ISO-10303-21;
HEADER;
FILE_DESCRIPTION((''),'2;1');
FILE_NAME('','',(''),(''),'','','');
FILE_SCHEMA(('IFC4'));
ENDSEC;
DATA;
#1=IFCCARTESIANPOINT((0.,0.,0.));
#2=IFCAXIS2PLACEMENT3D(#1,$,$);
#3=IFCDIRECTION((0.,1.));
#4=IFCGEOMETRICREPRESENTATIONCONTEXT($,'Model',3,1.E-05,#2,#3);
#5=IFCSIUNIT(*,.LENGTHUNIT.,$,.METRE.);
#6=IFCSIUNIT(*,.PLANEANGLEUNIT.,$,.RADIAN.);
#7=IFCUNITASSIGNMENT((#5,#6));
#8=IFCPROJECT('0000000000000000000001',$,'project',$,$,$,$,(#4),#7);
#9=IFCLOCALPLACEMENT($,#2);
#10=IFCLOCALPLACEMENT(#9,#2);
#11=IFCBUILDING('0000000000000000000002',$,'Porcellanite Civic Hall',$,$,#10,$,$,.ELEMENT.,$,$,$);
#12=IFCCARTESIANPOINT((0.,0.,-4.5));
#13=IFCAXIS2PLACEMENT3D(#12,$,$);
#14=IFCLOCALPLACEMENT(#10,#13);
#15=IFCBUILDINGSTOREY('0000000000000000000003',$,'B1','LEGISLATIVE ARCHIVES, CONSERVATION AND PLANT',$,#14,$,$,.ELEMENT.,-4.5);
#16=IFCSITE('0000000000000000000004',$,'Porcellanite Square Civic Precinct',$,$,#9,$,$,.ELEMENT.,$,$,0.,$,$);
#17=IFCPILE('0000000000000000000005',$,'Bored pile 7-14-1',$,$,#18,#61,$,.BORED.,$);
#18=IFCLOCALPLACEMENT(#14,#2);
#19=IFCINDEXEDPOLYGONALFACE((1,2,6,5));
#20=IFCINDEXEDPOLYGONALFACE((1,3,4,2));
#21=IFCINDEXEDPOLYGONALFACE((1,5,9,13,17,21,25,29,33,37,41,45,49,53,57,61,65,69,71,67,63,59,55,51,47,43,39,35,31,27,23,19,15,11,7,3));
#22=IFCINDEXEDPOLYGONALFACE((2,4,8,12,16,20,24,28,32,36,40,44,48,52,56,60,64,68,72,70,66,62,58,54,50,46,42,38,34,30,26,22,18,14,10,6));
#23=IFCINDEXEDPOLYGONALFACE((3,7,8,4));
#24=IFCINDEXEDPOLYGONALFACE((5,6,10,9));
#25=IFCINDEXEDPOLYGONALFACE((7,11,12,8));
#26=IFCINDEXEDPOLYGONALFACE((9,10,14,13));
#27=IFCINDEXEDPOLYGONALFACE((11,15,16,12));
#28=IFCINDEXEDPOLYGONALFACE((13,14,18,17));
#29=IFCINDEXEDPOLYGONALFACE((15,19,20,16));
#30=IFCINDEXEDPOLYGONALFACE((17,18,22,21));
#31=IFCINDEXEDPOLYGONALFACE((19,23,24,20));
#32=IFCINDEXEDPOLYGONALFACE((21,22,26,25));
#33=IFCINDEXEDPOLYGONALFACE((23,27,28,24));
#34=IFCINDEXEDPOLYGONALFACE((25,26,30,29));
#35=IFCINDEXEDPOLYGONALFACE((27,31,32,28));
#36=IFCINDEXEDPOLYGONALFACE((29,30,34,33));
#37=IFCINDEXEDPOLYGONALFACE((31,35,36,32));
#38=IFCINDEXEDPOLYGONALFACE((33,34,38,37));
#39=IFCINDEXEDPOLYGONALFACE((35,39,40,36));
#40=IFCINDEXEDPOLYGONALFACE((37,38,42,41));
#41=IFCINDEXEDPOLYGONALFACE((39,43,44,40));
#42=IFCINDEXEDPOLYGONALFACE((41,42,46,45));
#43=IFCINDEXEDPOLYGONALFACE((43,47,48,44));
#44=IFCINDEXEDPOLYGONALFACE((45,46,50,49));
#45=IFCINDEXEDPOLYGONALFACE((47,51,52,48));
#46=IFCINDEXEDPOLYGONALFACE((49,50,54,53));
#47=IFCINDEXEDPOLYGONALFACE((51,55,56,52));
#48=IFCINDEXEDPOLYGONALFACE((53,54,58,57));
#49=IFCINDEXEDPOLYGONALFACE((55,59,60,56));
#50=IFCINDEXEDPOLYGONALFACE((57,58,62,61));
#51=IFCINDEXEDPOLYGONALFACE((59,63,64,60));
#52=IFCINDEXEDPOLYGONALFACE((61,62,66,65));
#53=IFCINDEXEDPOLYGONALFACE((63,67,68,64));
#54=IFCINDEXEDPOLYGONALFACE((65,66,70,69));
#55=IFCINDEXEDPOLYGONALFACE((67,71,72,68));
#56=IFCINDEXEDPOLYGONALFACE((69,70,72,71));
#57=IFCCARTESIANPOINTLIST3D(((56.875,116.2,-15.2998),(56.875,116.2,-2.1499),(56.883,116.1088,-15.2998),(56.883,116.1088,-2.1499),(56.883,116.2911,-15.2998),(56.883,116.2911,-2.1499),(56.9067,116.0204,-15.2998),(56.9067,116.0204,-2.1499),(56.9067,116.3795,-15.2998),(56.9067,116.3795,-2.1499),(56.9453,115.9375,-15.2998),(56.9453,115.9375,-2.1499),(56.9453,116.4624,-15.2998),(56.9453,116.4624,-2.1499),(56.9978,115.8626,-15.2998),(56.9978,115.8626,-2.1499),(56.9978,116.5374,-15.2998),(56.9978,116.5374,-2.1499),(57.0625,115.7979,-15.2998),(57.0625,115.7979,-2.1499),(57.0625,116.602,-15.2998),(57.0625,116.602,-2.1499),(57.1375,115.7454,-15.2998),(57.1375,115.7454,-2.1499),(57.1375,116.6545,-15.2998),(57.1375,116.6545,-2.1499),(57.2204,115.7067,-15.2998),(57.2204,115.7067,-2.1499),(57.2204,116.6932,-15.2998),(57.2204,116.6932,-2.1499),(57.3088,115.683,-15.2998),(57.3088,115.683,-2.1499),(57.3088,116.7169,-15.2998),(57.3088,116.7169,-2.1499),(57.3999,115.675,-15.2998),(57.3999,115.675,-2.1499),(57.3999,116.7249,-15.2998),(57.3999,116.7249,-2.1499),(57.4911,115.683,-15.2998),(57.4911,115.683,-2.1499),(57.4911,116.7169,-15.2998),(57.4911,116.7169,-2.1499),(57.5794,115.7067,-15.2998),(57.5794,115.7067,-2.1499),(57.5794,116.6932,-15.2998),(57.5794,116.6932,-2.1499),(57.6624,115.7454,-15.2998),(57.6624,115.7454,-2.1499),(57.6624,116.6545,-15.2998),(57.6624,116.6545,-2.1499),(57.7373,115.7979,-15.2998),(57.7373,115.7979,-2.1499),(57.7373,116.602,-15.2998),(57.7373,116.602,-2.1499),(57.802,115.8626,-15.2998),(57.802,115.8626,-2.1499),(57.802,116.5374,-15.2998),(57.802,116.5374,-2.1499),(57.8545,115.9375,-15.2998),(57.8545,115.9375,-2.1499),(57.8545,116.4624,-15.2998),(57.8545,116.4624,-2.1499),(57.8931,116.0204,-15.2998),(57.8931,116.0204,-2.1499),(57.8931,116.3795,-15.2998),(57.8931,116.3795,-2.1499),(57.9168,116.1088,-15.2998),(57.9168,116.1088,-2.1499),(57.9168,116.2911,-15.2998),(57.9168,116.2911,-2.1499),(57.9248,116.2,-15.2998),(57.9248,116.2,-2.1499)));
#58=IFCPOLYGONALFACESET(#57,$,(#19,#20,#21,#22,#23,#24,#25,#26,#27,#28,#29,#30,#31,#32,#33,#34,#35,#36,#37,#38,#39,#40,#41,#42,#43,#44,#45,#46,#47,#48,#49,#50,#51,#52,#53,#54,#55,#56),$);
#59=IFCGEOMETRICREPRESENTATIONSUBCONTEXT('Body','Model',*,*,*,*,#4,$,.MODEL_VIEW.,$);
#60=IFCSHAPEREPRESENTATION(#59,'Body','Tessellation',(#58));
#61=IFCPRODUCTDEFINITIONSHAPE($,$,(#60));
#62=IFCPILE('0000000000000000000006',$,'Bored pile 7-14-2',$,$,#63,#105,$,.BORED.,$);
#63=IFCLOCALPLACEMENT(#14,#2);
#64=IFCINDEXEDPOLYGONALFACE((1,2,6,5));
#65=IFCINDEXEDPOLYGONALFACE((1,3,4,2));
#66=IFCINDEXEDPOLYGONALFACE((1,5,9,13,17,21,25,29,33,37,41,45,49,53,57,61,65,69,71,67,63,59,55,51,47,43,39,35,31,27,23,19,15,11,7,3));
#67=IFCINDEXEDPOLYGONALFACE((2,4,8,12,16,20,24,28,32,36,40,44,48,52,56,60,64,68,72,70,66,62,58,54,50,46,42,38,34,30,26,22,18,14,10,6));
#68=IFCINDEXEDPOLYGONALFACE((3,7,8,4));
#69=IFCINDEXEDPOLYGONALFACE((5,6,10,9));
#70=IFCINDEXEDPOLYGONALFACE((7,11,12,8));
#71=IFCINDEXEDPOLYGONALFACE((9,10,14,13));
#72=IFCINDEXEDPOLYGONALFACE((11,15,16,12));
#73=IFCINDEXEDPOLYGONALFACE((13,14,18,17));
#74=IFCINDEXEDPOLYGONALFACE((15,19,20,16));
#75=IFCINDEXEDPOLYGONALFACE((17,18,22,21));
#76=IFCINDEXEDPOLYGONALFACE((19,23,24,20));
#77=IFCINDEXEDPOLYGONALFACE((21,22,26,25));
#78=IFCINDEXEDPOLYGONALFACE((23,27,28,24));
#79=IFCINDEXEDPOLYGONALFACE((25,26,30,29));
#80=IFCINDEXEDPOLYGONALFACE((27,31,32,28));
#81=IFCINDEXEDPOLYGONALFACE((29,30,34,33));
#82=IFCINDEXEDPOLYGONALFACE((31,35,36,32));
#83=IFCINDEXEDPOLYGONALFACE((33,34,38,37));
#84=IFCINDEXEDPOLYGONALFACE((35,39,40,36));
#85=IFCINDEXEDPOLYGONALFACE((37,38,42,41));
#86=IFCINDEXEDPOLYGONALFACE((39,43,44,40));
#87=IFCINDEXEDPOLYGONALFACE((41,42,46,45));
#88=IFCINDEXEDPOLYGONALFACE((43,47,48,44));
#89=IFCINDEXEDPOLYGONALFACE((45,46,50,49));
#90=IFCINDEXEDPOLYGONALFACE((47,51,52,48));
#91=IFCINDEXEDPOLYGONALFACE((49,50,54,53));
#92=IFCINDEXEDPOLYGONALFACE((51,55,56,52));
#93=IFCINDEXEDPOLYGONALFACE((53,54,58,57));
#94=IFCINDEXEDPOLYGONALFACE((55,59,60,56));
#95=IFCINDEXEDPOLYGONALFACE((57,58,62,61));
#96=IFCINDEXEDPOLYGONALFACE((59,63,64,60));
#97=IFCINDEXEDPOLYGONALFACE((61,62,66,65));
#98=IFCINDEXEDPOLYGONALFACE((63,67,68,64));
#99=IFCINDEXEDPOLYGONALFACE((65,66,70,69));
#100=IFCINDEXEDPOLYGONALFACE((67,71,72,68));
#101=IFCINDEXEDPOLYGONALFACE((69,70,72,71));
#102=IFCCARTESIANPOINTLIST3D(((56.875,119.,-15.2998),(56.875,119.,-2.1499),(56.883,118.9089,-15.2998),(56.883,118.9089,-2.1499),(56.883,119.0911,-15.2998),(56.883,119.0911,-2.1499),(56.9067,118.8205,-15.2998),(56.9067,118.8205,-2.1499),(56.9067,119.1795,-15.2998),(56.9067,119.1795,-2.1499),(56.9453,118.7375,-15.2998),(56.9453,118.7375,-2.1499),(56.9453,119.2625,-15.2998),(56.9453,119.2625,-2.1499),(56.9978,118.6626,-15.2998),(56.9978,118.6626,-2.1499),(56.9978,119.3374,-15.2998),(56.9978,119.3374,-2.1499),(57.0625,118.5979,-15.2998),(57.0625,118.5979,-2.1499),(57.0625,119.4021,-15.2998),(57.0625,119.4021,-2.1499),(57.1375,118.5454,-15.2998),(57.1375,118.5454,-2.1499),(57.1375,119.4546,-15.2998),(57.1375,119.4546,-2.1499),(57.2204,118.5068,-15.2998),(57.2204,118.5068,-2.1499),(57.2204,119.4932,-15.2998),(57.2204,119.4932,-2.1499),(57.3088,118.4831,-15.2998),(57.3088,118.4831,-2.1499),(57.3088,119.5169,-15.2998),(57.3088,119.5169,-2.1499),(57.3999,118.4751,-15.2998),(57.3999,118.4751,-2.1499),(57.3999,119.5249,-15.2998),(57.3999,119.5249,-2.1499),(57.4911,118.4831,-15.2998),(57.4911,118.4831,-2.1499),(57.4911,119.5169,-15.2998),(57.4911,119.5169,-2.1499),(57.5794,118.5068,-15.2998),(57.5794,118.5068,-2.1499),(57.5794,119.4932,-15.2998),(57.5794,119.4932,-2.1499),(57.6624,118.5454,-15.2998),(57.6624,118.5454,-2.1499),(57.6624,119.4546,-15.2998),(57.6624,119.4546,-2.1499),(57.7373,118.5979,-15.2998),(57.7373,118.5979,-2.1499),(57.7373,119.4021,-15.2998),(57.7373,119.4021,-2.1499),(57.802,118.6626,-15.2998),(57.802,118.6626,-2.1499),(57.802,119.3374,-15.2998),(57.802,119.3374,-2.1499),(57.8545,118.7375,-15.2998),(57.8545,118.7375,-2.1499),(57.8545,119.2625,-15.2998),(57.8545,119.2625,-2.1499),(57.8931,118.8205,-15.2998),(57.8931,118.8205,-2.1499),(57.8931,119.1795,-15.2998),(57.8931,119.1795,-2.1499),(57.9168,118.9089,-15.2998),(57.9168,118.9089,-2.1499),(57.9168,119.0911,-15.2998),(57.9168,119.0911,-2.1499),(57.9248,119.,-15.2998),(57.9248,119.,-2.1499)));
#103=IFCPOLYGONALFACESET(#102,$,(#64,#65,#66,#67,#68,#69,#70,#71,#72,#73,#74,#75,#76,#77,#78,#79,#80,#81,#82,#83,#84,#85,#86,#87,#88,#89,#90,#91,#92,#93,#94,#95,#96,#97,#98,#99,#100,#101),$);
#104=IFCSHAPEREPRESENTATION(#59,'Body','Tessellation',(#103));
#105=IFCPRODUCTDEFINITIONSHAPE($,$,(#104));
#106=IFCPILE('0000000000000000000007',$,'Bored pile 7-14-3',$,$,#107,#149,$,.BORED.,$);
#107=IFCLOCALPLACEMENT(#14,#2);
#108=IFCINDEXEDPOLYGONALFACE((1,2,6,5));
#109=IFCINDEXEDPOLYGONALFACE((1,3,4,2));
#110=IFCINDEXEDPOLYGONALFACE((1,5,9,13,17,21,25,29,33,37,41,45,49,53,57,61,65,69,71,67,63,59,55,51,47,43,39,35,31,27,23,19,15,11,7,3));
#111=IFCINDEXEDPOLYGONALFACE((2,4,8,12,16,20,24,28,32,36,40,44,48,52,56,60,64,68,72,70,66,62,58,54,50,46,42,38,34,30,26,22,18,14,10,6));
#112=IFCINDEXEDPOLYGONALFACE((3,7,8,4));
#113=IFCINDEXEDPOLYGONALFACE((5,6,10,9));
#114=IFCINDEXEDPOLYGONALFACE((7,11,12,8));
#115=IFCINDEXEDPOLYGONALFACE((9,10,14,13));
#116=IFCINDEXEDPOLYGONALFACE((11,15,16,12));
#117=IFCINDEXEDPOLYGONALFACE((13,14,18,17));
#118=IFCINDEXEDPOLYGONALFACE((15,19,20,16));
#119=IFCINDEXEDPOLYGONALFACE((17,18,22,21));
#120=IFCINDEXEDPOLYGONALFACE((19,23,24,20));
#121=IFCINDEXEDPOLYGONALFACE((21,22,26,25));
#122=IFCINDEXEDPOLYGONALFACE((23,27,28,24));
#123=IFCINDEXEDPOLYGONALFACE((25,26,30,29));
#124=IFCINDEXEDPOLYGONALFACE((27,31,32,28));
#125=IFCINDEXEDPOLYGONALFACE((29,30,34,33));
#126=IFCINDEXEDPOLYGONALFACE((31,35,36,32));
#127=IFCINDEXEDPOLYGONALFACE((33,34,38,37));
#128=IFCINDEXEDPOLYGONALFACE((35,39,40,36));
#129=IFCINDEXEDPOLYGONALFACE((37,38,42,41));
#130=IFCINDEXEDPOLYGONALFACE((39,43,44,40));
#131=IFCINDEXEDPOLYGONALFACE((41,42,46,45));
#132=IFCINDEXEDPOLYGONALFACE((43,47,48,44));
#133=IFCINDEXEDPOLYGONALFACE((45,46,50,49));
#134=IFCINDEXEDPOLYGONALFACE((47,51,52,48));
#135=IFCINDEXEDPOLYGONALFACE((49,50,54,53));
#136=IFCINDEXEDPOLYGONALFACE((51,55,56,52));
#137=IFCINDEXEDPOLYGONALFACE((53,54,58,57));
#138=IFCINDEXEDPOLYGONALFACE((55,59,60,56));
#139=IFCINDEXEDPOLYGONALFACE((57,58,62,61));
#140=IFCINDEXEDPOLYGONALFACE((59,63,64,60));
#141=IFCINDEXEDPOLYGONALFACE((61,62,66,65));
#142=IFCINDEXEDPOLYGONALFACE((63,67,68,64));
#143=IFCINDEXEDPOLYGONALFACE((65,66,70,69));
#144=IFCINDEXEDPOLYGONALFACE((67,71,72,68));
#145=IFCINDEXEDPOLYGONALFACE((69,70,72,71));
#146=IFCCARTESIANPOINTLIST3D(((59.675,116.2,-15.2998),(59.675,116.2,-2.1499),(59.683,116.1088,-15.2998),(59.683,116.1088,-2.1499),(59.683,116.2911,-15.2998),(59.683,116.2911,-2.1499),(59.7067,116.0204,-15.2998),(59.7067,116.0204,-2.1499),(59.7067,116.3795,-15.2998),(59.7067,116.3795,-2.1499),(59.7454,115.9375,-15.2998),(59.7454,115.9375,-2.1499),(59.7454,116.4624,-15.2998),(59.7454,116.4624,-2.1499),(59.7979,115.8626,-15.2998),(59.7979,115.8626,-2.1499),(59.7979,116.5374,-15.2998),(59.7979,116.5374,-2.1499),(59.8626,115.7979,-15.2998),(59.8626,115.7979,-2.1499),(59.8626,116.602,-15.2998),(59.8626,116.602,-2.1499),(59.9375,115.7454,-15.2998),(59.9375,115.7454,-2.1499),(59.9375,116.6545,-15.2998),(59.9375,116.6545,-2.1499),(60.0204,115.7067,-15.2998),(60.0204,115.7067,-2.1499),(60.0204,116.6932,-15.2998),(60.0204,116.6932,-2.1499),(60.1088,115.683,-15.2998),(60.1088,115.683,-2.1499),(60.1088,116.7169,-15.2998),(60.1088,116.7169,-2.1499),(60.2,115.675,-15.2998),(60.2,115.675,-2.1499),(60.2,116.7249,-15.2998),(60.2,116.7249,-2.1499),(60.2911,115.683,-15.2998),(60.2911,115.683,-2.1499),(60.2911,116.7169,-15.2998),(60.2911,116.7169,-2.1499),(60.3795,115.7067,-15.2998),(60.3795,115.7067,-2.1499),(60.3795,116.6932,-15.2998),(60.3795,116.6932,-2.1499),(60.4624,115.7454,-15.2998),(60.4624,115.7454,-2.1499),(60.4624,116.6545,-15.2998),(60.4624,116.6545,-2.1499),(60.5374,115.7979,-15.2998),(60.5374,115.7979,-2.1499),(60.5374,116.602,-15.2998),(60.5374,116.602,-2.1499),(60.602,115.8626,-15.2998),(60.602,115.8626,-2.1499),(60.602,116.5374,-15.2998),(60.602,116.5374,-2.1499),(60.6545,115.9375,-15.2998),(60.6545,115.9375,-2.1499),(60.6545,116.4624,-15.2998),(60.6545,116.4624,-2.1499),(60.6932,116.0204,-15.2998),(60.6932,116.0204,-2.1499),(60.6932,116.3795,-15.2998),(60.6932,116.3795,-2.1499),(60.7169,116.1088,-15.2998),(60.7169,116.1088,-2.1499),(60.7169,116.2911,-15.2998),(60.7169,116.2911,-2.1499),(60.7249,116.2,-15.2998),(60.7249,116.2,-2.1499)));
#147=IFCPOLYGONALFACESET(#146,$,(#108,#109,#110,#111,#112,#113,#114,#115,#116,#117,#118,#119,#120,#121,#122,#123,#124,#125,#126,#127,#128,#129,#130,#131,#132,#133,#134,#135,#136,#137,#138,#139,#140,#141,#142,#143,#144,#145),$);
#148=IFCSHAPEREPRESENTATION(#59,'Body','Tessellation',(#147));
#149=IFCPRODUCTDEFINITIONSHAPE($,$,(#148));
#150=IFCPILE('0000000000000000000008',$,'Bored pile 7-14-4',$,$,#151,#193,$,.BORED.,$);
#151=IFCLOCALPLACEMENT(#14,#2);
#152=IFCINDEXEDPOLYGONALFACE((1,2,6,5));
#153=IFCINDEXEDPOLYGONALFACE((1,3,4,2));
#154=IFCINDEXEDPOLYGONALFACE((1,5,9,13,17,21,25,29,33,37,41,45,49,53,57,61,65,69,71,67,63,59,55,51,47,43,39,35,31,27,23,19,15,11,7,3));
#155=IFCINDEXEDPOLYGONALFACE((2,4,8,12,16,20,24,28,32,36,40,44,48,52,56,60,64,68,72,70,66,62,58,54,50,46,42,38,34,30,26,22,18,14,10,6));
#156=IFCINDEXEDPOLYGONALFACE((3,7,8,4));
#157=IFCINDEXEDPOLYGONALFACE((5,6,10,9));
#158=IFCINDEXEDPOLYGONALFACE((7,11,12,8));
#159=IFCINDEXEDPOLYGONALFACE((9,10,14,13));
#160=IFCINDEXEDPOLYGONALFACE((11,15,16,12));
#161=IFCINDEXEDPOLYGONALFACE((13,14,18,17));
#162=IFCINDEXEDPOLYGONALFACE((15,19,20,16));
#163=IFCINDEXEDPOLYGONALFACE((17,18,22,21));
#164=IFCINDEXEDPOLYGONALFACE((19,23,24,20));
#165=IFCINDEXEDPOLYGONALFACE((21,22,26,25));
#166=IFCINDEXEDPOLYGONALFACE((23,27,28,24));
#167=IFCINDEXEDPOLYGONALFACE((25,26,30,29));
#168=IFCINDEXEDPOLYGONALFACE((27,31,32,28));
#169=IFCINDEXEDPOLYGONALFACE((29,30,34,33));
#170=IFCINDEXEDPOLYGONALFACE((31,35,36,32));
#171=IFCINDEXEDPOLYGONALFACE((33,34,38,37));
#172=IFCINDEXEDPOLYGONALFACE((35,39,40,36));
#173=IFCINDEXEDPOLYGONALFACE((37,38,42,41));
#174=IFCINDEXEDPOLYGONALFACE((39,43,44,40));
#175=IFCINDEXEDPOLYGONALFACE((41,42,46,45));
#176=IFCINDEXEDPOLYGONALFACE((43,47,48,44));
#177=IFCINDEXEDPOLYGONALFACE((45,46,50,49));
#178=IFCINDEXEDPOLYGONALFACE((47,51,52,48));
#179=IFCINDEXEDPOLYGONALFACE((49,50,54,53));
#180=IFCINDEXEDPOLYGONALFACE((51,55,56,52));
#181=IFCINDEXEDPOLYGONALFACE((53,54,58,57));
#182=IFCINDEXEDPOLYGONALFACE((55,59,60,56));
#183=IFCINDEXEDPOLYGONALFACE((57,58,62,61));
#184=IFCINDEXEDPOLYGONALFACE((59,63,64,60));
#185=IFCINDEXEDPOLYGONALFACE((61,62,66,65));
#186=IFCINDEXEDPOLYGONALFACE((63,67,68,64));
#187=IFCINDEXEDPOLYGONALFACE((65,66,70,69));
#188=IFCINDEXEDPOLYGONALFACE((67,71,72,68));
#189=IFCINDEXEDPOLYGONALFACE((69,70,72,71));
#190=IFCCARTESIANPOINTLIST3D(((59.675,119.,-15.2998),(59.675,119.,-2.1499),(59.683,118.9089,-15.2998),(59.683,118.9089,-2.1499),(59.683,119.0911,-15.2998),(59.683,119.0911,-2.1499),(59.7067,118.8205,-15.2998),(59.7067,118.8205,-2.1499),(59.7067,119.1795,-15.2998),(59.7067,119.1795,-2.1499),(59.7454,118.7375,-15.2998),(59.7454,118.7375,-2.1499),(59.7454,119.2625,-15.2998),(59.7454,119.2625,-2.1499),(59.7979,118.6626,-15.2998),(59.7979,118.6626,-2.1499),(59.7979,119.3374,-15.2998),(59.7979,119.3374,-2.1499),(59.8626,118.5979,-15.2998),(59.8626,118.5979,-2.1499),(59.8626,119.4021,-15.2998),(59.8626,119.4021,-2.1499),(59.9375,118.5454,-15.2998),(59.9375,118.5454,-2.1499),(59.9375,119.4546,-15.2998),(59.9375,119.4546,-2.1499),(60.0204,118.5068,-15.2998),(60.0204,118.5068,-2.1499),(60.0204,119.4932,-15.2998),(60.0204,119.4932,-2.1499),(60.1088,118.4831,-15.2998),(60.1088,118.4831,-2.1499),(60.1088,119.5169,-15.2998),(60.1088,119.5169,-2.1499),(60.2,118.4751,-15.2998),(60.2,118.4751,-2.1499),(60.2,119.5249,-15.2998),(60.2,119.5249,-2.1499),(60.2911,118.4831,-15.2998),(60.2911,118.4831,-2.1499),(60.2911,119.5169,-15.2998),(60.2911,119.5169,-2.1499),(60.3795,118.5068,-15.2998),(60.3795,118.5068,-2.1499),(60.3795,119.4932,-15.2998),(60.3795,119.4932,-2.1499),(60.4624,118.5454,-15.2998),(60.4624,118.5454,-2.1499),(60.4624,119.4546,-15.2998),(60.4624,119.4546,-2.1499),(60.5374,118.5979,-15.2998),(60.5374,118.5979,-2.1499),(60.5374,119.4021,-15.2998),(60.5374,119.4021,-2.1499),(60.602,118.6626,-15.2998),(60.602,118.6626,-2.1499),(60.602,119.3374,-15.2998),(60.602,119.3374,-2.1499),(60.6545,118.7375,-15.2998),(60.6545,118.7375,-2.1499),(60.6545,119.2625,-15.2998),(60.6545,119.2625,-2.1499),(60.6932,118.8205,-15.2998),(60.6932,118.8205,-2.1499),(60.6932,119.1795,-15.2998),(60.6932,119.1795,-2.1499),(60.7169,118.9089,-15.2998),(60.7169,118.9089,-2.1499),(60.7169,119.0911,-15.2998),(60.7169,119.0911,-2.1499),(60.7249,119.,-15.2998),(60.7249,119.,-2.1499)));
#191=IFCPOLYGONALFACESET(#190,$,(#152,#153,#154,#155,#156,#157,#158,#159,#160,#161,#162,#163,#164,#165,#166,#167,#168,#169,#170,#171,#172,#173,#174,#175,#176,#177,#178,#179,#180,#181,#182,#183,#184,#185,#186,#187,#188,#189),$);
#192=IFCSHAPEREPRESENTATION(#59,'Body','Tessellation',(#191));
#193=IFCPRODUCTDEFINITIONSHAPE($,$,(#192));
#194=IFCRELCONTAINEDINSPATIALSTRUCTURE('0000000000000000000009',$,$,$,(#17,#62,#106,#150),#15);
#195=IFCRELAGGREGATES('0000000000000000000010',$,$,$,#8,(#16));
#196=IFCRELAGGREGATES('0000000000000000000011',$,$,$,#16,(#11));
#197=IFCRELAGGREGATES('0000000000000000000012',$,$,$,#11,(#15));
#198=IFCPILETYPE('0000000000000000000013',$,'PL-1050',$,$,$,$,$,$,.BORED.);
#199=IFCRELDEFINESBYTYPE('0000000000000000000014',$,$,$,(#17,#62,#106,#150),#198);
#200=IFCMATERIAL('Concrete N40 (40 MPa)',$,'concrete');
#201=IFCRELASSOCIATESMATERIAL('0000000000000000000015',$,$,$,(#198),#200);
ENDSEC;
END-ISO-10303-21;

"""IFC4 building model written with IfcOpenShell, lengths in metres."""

from ifc_helpers import new_model, si_unit, direction, frame, origin, origin_2d, place, context, subcontext, project, spatial, circle, extrude, material, material_profile, profile_set, type_object, element, save


model = new_model("IFC4")

# Units and contexts
model_context = context("Model", 3, precision=1e-05, world=origin(), true_north=direction((0.0, 1.0)))
body_context = subcontext(model_context, "Body", "Model", "MODEL_VIEW")
ifc_project = project(units=[si_unit("LENGTHUNIT", "METRE"), si_unit("PLANEANGLEUNIT", "RADIAN")], contexts=[model_context])

# Site, building, storey
site_placement = place(None, origin())
site = spatial("IfcSite", under=ifc_project, at=site_placement, Name="Porcellanite Square Civic Precinct", CompositionType="ELEMENT", RefElevation=0.0)
building_placement = place(site_placement, origin())
building = spatial("IfcBuilding", under=site, at=building_placement, Name="Porcellanite Civic Hall", CompositionType="ELEMENT")
storey_placement = place(building_placement, frame((0.0, 0.0, -4.5)))
storey = spatial("IfcBuildingStorey", under=building, at=storey_placement, Name="B1", Description="LEGISLATIVE ARCHIVES, CONSERVATION AND PLANT", CompositionType="ELEMENT", Elevation=-4.5)

# Piles
ifc_material_1 = material(Name="Concrete N40 (40 MPa)", Category="concrete")
ifc_material_profile_1 = material_profile(ifc_material_1, circle(Radius=0.5249, at=origin_2d()), Name="PILE-D1050")
ifc_profile_set_1 = profile_set([ifc_material_profile_1], Name="Concrete N40 (40 MPa)")
pile_type = type_object("IfcPileType", Name="PL-1050", PredefinedType="BORED", material=ifc_profile_set_1)
for number, where, z_axis, x_axis, name in (
    (1, (57.3999, 116.2, -2.1499), (0.0, 0.0, -1.0), (1.0, 0.0, 0.0), "Bored pile 7-14-1"),
    (2, (57.3999, 119.0, -2.1499), (0.0, 0.0, -1.0), (1.0, 0.0, 0.0), "Bored pile 7-14-2"),
    (3, (60.2, 116.2, -2.1499), (0.0, 0.0, -1.0), (1.0, 0.0, 0.0), "Bored pile 7-14-3"),
    (4, (60.2, 119.0, -2.1499), (0.0, 0.0, -1.0), (1.0, 0.0, 0.0), "Bored pile 7-14-4"),
):
    element("IfcPile", number, at=place(storey_placement, frame(where, z_axis=z_axis, x_axis=x_axis)), inside=storey, type_object=pile_type, Name=name, PredefinedType="BORED", context=body_context, shape_type="SweptSolid", body=[
        extrude(circle(Radius=0.5249, at=origin_2d()), origin(), (0.0, 0.0, 1.0), 13.1499),
    ])

save(model, "model.ifc")
